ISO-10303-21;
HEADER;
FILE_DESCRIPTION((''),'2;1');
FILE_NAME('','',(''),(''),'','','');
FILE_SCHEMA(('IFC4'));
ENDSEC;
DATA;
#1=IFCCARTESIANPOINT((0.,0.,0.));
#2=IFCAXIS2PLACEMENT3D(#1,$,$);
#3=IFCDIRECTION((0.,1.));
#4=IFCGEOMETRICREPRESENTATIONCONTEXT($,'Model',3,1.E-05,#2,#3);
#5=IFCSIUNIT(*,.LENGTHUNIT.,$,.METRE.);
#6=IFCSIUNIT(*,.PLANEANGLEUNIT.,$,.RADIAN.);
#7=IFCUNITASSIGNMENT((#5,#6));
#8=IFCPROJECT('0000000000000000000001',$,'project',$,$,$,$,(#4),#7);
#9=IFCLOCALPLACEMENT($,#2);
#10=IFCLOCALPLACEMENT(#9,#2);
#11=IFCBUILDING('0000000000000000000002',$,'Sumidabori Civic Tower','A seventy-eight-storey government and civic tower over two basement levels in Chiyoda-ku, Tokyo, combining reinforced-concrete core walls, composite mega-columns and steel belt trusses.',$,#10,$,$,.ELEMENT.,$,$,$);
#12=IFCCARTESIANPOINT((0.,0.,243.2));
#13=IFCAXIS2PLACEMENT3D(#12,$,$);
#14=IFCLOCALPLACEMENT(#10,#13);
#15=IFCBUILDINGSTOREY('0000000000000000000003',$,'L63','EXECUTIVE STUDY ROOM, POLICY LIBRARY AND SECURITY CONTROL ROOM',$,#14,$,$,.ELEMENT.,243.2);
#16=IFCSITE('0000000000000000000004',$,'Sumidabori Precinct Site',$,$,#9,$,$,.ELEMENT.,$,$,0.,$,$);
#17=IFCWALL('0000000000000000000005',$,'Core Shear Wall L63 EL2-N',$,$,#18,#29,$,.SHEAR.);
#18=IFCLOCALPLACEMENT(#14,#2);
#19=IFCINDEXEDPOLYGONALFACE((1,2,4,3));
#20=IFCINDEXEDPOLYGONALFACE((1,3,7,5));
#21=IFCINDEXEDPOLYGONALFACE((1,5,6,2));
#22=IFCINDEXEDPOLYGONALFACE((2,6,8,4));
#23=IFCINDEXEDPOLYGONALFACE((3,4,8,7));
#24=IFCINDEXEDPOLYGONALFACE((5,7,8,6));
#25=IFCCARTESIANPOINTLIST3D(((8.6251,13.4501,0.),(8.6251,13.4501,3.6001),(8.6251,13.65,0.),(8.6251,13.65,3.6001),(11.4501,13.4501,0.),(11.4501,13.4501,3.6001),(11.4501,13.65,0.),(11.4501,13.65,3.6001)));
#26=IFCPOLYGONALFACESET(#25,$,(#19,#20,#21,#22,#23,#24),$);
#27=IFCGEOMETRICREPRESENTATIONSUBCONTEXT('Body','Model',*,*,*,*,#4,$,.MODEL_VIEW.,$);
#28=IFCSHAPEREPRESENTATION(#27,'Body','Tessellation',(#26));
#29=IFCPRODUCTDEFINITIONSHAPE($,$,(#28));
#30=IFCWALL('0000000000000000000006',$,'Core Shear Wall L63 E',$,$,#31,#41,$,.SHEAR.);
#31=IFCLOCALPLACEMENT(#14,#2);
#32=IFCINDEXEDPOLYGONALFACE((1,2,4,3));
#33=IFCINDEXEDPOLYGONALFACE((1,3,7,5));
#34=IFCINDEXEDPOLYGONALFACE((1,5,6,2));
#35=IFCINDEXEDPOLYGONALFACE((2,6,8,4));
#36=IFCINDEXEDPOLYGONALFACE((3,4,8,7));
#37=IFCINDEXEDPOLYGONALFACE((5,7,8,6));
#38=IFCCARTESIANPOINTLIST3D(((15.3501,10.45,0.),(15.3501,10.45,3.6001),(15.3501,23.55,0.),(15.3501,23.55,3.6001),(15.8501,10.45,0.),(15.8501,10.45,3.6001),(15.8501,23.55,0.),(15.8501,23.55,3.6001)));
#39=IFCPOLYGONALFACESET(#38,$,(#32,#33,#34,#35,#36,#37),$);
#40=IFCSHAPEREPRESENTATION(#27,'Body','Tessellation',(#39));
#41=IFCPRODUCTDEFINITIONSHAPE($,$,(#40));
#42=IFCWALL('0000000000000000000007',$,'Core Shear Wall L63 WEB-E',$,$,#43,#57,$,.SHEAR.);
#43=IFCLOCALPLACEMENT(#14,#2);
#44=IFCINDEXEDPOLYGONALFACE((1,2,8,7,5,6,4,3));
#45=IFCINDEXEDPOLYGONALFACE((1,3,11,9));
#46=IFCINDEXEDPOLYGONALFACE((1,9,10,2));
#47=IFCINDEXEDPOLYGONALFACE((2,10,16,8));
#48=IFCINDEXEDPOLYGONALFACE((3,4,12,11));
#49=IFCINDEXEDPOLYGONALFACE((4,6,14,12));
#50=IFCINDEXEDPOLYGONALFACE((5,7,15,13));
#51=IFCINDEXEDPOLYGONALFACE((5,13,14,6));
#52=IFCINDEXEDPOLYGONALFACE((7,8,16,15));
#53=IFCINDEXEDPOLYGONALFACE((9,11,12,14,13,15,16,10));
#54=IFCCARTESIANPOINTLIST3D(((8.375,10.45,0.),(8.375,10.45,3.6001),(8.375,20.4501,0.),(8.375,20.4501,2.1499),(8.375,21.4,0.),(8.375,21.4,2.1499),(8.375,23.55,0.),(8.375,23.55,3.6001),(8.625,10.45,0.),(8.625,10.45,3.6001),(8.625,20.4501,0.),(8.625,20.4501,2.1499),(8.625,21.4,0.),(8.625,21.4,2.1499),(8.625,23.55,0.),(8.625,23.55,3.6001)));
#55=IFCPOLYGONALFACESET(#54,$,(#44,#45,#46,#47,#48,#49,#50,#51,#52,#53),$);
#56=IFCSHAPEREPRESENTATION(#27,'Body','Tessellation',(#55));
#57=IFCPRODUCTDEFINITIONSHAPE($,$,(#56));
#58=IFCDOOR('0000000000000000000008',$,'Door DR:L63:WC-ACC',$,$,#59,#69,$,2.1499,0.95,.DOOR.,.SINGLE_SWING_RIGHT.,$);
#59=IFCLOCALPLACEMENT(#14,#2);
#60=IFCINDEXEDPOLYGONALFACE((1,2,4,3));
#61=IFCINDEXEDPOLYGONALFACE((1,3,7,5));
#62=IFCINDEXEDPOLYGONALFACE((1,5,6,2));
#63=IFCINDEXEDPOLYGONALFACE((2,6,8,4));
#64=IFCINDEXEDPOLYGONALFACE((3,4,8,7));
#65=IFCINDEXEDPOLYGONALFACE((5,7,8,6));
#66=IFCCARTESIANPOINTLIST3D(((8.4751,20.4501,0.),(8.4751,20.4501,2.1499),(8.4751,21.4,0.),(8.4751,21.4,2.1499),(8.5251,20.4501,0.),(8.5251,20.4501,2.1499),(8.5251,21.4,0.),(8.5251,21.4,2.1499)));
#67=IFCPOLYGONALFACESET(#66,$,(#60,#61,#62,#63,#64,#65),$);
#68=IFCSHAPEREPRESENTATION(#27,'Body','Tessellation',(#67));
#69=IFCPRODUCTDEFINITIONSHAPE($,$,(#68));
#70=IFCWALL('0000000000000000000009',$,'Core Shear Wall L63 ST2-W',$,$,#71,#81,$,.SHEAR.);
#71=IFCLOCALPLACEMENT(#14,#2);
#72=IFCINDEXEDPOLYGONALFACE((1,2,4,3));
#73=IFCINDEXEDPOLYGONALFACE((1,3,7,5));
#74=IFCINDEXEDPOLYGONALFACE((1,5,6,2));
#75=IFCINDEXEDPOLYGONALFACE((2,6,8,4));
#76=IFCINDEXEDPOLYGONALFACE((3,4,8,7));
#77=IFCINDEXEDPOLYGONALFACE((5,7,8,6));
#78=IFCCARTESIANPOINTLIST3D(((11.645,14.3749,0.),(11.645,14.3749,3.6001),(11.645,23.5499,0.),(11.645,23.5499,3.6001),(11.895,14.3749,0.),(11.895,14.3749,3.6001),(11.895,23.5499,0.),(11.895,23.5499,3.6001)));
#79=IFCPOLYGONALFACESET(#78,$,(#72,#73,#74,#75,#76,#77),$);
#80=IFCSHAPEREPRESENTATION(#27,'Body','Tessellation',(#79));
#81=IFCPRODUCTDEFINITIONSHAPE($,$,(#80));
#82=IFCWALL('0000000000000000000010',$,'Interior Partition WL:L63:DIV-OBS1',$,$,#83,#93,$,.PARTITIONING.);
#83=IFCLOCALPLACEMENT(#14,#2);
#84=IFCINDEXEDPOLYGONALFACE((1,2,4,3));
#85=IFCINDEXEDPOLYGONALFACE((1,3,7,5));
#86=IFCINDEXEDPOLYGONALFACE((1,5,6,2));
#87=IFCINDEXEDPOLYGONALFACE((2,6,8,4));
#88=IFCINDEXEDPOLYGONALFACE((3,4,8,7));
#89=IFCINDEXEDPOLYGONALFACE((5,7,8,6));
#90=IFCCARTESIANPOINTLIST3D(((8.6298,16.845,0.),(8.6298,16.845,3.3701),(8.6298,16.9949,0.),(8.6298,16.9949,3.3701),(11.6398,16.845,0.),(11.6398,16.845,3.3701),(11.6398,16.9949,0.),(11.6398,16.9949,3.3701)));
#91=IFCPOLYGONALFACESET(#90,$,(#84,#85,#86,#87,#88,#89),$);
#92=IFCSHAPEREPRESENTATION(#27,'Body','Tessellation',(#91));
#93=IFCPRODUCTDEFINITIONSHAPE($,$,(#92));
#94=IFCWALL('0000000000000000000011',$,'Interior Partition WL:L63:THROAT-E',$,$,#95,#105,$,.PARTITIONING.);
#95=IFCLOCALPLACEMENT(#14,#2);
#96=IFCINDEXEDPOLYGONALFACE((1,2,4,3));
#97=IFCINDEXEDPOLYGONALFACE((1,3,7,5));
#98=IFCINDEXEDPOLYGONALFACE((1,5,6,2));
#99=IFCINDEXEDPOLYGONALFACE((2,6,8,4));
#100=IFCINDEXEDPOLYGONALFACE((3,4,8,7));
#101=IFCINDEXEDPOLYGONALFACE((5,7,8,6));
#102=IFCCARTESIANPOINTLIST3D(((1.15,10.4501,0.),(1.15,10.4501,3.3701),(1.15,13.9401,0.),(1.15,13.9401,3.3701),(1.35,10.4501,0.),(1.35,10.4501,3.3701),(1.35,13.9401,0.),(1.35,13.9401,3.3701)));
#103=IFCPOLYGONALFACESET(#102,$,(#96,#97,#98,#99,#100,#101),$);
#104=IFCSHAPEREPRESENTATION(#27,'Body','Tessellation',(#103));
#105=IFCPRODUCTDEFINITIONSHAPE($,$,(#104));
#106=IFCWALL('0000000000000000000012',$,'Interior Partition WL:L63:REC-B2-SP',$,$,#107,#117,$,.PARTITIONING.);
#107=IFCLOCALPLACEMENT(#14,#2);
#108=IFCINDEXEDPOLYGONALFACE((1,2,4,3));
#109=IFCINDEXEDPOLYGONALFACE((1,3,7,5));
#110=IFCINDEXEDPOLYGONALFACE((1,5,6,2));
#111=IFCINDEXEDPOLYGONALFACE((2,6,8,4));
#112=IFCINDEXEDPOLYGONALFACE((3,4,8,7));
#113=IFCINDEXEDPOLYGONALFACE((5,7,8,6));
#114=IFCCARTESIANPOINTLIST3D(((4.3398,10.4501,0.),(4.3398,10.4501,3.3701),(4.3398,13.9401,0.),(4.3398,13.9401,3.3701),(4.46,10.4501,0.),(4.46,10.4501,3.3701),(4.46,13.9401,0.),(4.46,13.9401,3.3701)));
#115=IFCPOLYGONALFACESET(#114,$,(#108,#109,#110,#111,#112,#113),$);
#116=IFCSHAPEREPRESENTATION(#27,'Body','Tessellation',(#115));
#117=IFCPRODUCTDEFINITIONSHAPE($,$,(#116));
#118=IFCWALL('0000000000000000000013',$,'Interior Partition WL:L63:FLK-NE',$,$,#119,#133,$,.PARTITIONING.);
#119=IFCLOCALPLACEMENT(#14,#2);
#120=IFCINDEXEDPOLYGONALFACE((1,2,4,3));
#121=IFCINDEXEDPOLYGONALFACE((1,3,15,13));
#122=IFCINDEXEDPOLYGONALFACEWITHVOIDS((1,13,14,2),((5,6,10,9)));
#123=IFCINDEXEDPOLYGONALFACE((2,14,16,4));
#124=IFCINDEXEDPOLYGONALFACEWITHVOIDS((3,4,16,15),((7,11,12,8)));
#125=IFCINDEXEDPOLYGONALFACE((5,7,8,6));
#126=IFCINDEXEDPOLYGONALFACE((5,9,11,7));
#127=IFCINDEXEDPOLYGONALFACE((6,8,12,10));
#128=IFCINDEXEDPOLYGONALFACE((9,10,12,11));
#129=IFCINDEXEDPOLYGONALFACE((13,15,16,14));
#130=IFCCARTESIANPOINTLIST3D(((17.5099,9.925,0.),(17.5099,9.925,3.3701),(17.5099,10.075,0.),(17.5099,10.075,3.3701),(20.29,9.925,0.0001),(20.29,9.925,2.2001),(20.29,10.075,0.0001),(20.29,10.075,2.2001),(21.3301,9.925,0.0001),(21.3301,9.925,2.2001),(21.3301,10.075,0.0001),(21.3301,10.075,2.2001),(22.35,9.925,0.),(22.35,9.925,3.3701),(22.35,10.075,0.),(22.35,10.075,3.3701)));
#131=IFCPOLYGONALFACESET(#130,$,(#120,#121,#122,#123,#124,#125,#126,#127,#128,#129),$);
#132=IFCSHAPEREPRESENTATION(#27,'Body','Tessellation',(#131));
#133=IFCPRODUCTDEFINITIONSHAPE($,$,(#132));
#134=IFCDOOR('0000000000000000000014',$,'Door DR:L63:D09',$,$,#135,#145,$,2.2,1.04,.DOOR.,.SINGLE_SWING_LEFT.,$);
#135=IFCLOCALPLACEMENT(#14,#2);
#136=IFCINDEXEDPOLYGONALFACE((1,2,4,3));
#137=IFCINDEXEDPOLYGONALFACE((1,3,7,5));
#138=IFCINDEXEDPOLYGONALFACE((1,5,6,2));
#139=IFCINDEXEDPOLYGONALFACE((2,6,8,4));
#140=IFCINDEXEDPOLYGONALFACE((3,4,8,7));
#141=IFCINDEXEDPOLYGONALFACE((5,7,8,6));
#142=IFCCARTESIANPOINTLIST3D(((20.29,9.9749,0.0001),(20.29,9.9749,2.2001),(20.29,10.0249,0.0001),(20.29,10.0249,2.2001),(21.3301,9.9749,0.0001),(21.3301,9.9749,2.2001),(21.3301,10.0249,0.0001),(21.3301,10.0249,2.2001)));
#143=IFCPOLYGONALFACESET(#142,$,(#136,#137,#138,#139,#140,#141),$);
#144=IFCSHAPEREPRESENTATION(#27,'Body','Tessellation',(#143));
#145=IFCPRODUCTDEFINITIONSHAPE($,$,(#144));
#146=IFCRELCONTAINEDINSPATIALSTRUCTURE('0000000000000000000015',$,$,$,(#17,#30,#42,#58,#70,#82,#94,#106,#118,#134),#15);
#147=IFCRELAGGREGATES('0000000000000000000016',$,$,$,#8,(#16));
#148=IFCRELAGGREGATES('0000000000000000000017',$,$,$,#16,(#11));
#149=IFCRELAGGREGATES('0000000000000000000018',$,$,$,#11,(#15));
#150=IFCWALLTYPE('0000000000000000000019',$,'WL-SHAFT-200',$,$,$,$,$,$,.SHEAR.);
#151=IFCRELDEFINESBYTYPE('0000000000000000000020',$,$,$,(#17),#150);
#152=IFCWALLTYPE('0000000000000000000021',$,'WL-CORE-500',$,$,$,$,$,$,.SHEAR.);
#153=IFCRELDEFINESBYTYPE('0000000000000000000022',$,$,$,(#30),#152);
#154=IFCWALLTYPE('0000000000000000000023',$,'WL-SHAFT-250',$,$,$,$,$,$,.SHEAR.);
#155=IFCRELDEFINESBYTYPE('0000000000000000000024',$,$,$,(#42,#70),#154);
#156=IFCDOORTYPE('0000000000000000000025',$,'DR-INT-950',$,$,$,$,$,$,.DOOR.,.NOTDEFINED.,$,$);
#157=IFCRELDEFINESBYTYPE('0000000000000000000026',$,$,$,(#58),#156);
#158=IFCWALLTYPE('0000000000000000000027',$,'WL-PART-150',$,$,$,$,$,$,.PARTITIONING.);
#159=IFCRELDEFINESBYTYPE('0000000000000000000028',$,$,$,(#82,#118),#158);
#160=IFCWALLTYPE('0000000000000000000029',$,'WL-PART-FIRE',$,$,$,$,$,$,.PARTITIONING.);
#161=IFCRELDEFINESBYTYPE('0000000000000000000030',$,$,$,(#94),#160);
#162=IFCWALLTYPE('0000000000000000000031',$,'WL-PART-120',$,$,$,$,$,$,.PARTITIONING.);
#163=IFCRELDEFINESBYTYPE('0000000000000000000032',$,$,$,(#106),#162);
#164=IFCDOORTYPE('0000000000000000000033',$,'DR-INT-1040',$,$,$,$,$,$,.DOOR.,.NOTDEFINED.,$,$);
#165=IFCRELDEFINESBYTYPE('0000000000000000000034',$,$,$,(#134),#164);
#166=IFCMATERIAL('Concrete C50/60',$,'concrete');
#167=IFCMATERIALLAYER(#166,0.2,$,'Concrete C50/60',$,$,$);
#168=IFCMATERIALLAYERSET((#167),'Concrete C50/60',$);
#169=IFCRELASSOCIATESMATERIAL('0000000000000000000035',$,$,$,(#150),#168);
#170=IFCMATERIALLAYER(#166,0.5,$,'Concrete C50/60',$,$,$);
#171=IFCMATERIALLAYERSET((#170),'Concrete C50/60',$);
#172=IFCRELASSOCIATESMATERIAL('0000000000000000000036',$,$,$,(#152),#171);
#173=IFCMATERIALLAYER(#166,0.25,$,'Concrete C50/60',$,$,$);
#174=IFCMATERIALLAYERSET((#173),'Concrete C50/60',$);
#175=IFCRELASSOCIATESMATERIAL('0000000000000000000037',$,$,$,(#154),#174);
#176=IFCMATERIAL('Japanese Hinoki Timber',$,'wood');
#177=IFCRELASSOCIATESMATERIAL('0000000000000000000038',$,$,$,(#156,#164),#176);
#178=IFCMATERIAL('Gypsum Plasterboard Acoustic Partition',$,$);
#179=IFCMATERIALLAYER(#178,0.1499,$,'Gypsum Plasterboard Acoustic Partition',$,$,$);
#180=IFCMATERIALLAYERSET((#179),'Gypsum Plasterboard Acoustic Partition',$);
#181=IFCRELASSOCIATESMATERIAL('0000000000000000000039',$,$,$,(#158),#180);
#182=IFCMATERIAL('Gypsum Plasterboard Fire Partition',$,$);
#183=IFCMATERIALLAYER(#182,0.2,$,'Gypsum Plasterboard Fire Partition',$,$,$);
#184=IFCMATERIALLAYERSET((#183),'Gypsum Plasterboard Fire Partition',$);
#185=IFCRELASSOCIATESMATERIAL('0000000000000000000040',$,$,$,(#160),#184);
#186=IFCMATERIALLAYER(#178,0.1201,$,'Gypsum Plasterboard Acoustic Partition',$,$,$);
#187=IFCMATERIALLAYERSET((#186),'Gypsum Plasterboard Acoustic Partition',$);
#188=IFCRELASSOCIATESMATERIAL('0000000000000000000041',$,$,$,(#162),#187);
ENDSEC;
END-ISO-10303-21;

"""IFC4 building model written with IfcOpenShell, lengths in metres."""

from ifc_helpers import new_model, si_unit, direction, frame, frame_2d, origin, place, context, subcontext, project, spatial, rectangle, extrude, source, transform, mapped, material, layer, layer_set, type_object, element, fill, save


model = new_model("IFC4")

# Units and contexts
model_context = context("Model", 3, precision=1e-05, world=origin(), true_north=direction((0.0, 1.0)))
body_context = subcontext(model_context, "Body", "Model", "MODEL_VIEW")
ifc_project = project(units=[si_unit("LENGTHUNIT", "METRE"), si_unit("PLANEANGLEUNIT", "RADIAN")], contexts=[model_context])

# Site, building, storey
site_placement = place(None, origin())
site = spatial("IfcSite", under=ifc_project, at=site_placement, Name="Sumidabori Precinct Site", CompositionType="ELEMENT", RefElevation=0.0)
building_placement = place(site_placement, origin())
building = spatial("IfcBuilding", under=site, at=building_placement, Name="Sumidabori Civic Tower", Description="A seventy-eight-storey government and civic tower over two basement levels in Chiyoda-ku, Tokyo, combining reinforced-concrete core walls, composite mega-columns and steel belt trusses.", CompositionType="ELEMENT")
storey_placement = place(building_placement, frame((0.0, 0.0, 243.2)))
storey = spatial("IfcBuildingStorey", under=building, at=storey_placement, Name="L63", Description="EXECUTIVE STUDY ROOM, POLICY LIBRARY AND SECURITY CONTROL ROOM", CompositionType="ELEMENT", Elevation=243.2)

# Walls
ifc_material_1 = material(Name="Concrete C50/60", Category="concrete")
ifc_layer_1 = layer(ifc_material_1, 0.2, Name="Concrete C50/60")
ifc_layer_set_1 = layer_set([ifc_layer_1], Name="Concrete C50/60")
wall_type_1 = type_object("IfcWallType", Name="WL-SHAFT-200", PredefinedType="SHEAR", material=ifc_layer_set_1)
shared_shape_1 = source(origin(), body_context, "Body", "SweptSolid", [
    extrude(rectangle(XDim=2.825, YDim=0.2, at=frame_2d((1.4126, 0.0))), origin(), (0.0, 0.0, 1.0), 3.6001),
])
wall_1_placement = place(storey_placement, frame((8.625, 13.55, 0.0), z_axis=(0.0, 0.0, 1.0), x_axis=(1.0, 0.0, 0.0)))
element("IfcWall", 1, at=wall_1_placement, inside=storey, type_object=wall_type_1, Name="Core Shear Wall L63 EL2-N", PredefinedType="SHEAR", context=body_context, shape_type="MappedRepresentation", body=[
    mapped(shared_shape_1, transform((0.0, 0.0, 0.0), x_axis=(1.0, 0.0, 0.0), y_axis=(0.0, 1.0, 0.0), z_axis=(0.0, 0.0, 1.0), scale=1.0)),
])
ifc_layer_2 = layer(ifc_material_1, 0.5, Name="Concrete C50/60")
ifc_layer_set_2 = layer_set([ifc_layer_2], Name="Concrete C50/60")
wall_type_2 = type_object("IfcWallType", Name="WL-CORE-500", PredefinedType="SHEAR", material=ifc_layer_set_2)
shared_shape_2 = source(origin(), body_context, "Body", "SweptSolid", [
    extrude(rectangle(XDim=13.1001, YDim=0.5, at=frame_2d((6.55, 0.0))), origin(), (0.0, 0.0, 1.0), 3.6001),
])
wall_2_placement = place(storey_placement, frame((15.6001, 10.45, 0.0), z_axis=(0.0, 0.0, 1.0), x_axis=(0.0, 1.0, 0.0)))
element("IfcWall", 2, at=wall_2_placement, inside=storey, type_object=wall_type_2, Name="Core Shear Wall L63 E", PredefinedType="SHEAR", context=body_context, shape_type="MappedRepresentation", body=[
    mapped(shared_shape_2, transform((0.0, 0.0, 0.0), x_axis=(1.0, 0.0, 0.0), y_axis=(0.0, 1.0, 0.0), z_axis=(0.0, 0.0, 1.0), scale=1.0)),
])

# Wall, opening, door
ifc_layer_3 = layer(ifc_material_1, 0.25, Name="Concrete C50/60")
ifc_layer_set_3 = layer_set([ifc_layer_3], Name="Concrete C50/60")
wall_type_3 = type_object("IfcWallType", Name="WL-SHAFT-250", PredefinedType="SHEAR", material=ifc_layer_set_3)
shared_shape_3 = source(origin(), body_context, "Body", "SweptSolid", [
    extrude(rectangle(XDim=13.1001, YDim=0.25, at=frame_2d((6.55, 0.0))), origin(), (0.0, 0.0, 1.0), 3.6001),
])
wall_3_placement = place(storey_placement, frame((8.5, 10.45, 0.0), z_axis=(0.0, 0.0, 1.0), x_axis=(0.0, 1.0, 0.0)))
wall_3 = element("IfcWall", 3, at=wall_3_placement, inside=storey, type_object=wall_type_3, Name="Core Shear Wall L63 WEB-E", PredefinedType="SHEAR", context=body_context, shape_type="MappedRepresentation", body=[
    mapped(shared_shape_3, transform((0.0, 0.0, 0.0), x_axis=(1.0, 0.0, 0.0), y_axis=(0.0, 1.0, 0.0), z_axis=(0.0, 0.0, 1.0), scale=1.0)),
])
opening_1_placement = place(wall_3_placement, frame((10.0, 0.0, 0.0)))
opening_1 = element("IfcOpeningElement", 4, at=opening_1_placement, cuts=wall_3, PredefinedType="OPENING", context=body_context, shape_type="SweptSolid", body=[
    extrude(rectangle(XDim=0.95, YDim=2.1499, at=frame_2d((0.4751, 1.075))), frame((0.0, 0.137, 0.0), z_axis=(0.0, -1.0, 0.0), x_axis=(1.0, 0.0, 0.0)), (0.0, 0.0, 1.0), 0.2739),
])
ifc_material_2 = material(Name="Japanese Hinoki Timber", Category="wood")
door_type_1 = type_object("IfcDoorType", Name="DR-INT-950", OperationType="NOTDEFINED", PredefinedType="DOOR", material=ifc_material_2)
shared_shape_4 = source(origin(), body_context, "Body", "SweptSolid", [
    extrude(rectangle(XDim=0.95, YDim=2.1499, at=frame_2d((0.4751, 1.075))), frame((0.0, 0.0249, 0.0), z_axis=(0.0, -1.0, 0.0), x_axis=(1.0, 0.0, 0.0)), (0.0, 0.0, 1.0), 0.05),
])
door_1_placement = place(opening_1_placement, origin())
door_1 = element("IfcDoor", 5, at=door_1_placement, inside=storey, type_object=door_type_1, Name="Door DR:L63:WC-ACC", OperationType="SINGLE_SWING_RIGHT", OverallHeight=2.1499, OverallWidth=0.95, PredefinedType="DOOR", context=body_context, shape_type="MappedRepresentation", body=[
    mapped(shared_shape_4, transform((0.0, 0.0, 0.0), x_axis=(1.0, 0.0, 0.0), y_axis=(0.0, 1.0, 0.0), z_axis=(0.0, 0.0, 1.0), scale=1.0)),
])
fill(opening_1, door_1)

# Wall
shared_shape_5 = source(origin(), body_context, "Body", "SweptSolid", [
    extrude(rectangle(XDim=9.175, YDim=0.25, at=frame_2d((4.5874, 0.0))), origin(), (0.0, 0.0, 1.0), 3.6001),
])
wall_4_placement = place(storey_placement, frame((11.77, 14.375, 0.0), z_axis=(0.0, 0.0, 1.0), x_axis=(0.0, 1.0, 0.0)))
element("IfcWall", 6, at=wall_4_placement, inside=storey, type_object=wall_type_3, Name="Core Shear Wall L63 ST2-W", PredefinedType="SHEAR", context=body_context, shape_type="MappedRepresentation", body=[
    mapped(shared_shape_5, transform((0.0, 0.0, 0.0), x_axis=(1.0, 0.0, 0.0), y_axis=(0.0, 1.0, 0.0), z_axis=(0.0, 0.0, 1.0), scale=1.0)),
])

# Wall
ifc_material_3 = material(Name="Gypsum Plasterboard Acoustic Partition")
ifc_layer_4 = layer(ifc_material_3, 0.1499, Name="Gypsum Plasterboard Acoustic Partition")
ifc_layer_set_4 = layer_set([ifc_layer_4], Name="Gypsum Plasterboard Acoustic Partition")
wall_type_4 = type_object("IfcWallType", Name="WL-PART-150", PredefinedType="PARTITIONING", material=ifc_layer_set_4)
shared_shape_6 = source(origin(), body_context, "Body", "SweptSolid", [
    extrude(rectangle(XDim=3.01, YDim=0.1499, at=frame_2d((1.5049, 0.0))), origin(), (0.0, 0.0, 1.0), 3.3701),
])
wall_5_placement = place(storey_placement, frame((8.6299, 16.9199, 0.0), z_axis=(0.0, 0.0, 1.0), x_axis=(1.0, 0.0, 0.0)))
element("IfcWall", 7, at=wall_5_placement, inside=storey, type_object=wall_type_4, Name="Interior Partition WL:L63:DIV-OBS1", PredefinedType="PARTITIONING", context=body_context, shape_type="MappedRepresentation", body=[
    mapped(shared_shape_6, transform((0.0, 0.0, 0.0), x_axis=(1.0, 0.0, 0.0), y_axis=(0.0, 1.0, 0.0), z_axis=(0.0, 0.0, 1.0), scale=1.0)),
])

# Shared definitions
ifc_material_4 = material(Name="Gypsum Plasterboard Fire Partition")
ifc_layer_5 = layer(ifc_material_4, 0.2, Name="Gypsum Plasterboard Fire Partition")
ifc_layer_set_5 = layer_set([ifc_layer_5], Name="Gypsum Plasterboard Fire Partition")
wall_type_5 = type_object("IfcWallType", Name="WL-PART-FIRE", PredefinedType="PARTITIONING", material=ifc_layer_set_5)

# Walls
shared_shape_7 = source(origin(), body_context, "Body", "SweptSolid", [
    extrude(rectangle(XDim=3.49, YDim=0.2, at=frame_2d((1.7451, 0.0))), origin(), (0.0, 0.0, 1.0), 3.3701),
])
wall_6_placement = place(storey_placement, frame((1.25, 10.45, 0.0), z_axis=(0.0, 0.0, 1.0), x_axis=(0.0, 1.0, 0.0)))
element("IfcWall", 8, at=wall_6_placement, inside=storey, type_object=wall_type_5, Name="Interior Partition WL:L63:THROAT-E", PredefinedType="PARTITIONING", context=body_context, shape_type="MappedRepresentation", body=[
    mapped(shared_shape_7, transform((0.0, 0.0, 0.0), x_axis=(1.0, 0.0, 0.0), y_axis=(0.0, 1.0, 0.0), z_axis=(0.0, 0.0, 1.0), scale=1.0)),
])
ifc_layer_6 = layer(ifc_material_3, 0.1201, Name="Gypsum Plasterboard Acoustic Partition")
ifc_layer_set_6 = layer_set([ifc_layer_6], Name="Gypsum Plasterboard Acoustic Partition")
wall_type_6 = type_object("IfcWallType", Name="WL-PART-120", PredefinedType="PARTITIONING", material=ifc_layer_set_6)
shared_shape_8 = source(origin(), body_context, "Body", "SweptSolid", [
    extrude(rectangle(XDim=3.49, YDim=0.1201, at=frame_2d((1.7451, 0.0))), origin(), (0.0, 0.0, 1.0), 3.3701),
])
wall_7_placement = place(storey_placement, frame((4.3999, 10.45, 0.0), z_axis=(0.0, 0.0, 1.0), x_axis=(0.0, 1.0, 0.0)))
element("IfcWall", 9, at=wall_7_placement, inside=storey, type_object=wall_type_6, Name="Interior Partition WL:L63:REC-B2-SP", PredefinedType="PARTITIONING", context=body_context, shape_type="MappedRepresentation", body=[
    mapped(shared_shape_8, transform((0.0, 0.0, 0.0), x_axis=(1.0, 0.0, 0.0), y_axis=(0.0, 1.0, 0.0), z_axis=(0.0, 0.0, 1.0), scale=1.0)),
])

# Wall, opening, door
shared_shape_9 = source(origin(), body_context, "Body", "SweptSolid", [
    extrude(rectangle(XDim=4.8401, YDim=0.1499, at=frame_2d((2.4199, 0.0))), origin(), (0.0, 0.0, 1.0), 3.3701),
])
wall_8_placement = place(storey_placement, frame((17.51, 10.0, 0.0), z_axis=(0.0, 0.0, 1.0), x_axis=(1.0, 0.0, 0.0)))
wall_8 = element("IfcWall", 10, at=wall_8_placement, inside=storey, type_object=wall_type_4, Name="Interior Partition WL:L63:FLK-NE", PredefinedType="PARTITIONING", context=body_context, shape_type="MappedRepresentation", body=[
    mapped(shared_shape_9, transform((0.0, 0.0, 0.0), x_axis=(1.0, 0.0, 0.0), y_axis=(0.0, 1.0, 0.0), z_axis=(0.0, 0.0, 1.0), scale=1.0)),
])
opening_2_placement = place(wall_8_placement, frame((2.78, 0.0, 0.0)))
opening_2 = element("IfcOpeningElement", 11, at=opening_2_placement, cuts=wall_8, PredefinedType="OPENING", context=body_context, shape_type="SweptSolid", body=[
    extrude(rectangle(XDim=1.04, YDim=2.2, at=frame_2d((0.52, 1.1001))), frame((0.0, 0.0869, 0.0), z_axis=(0.0, -1.0, 0.0), x_axis=(1.0, 0.0, 0.0)), (0.0, 0.0, 1.0), 0.1738),
])
door_type_2 = type_object("IfcDoorType", Name="DR-INT-1040", OperationType="NOTDEFINED", PredefinedType="DOOR", material=ifc_material_2)
shared_shape_10 = source(origin(), body_context, "Body", "SweptSolid", [
    extrude(rectangle(XDim=1.04, YDim=2.2, at=frame_2d((0.52, 1.1001))), frame((0.0, 0.0249, 0.0), z_axis=(0.0, -1.0, 0.0), x_axis=(1.0, 0.0, 0.0)), (0.0, 0.0, 1.0), 0.05),
])
door_2_placement = place(opening_2_placement, origin())
door_2 = element("IfcDoor", 12, at=door_2_placement, inside=storey, type_object=door_type_2, Name="Door DR:L63:D09", OperationType="SINGLE_SWING_LEFT", OverallHeight=2.2, OverallWidth=1.04, PredefinedType="DOOR", context=body_context, shape_type="MappedRepresentation", body=[
    mapped(shared_shape_10, transform((0.0, 0.0, 0.0), x_axis=(1.0, 0.0, 0.0), y_axis=(0.0, 1.0, 0.0), z_axis=(0.0, 0.0, 1.0), scale=1.0)),
])
fill(opening_2, door_2)

save(model, "model.ifc")
